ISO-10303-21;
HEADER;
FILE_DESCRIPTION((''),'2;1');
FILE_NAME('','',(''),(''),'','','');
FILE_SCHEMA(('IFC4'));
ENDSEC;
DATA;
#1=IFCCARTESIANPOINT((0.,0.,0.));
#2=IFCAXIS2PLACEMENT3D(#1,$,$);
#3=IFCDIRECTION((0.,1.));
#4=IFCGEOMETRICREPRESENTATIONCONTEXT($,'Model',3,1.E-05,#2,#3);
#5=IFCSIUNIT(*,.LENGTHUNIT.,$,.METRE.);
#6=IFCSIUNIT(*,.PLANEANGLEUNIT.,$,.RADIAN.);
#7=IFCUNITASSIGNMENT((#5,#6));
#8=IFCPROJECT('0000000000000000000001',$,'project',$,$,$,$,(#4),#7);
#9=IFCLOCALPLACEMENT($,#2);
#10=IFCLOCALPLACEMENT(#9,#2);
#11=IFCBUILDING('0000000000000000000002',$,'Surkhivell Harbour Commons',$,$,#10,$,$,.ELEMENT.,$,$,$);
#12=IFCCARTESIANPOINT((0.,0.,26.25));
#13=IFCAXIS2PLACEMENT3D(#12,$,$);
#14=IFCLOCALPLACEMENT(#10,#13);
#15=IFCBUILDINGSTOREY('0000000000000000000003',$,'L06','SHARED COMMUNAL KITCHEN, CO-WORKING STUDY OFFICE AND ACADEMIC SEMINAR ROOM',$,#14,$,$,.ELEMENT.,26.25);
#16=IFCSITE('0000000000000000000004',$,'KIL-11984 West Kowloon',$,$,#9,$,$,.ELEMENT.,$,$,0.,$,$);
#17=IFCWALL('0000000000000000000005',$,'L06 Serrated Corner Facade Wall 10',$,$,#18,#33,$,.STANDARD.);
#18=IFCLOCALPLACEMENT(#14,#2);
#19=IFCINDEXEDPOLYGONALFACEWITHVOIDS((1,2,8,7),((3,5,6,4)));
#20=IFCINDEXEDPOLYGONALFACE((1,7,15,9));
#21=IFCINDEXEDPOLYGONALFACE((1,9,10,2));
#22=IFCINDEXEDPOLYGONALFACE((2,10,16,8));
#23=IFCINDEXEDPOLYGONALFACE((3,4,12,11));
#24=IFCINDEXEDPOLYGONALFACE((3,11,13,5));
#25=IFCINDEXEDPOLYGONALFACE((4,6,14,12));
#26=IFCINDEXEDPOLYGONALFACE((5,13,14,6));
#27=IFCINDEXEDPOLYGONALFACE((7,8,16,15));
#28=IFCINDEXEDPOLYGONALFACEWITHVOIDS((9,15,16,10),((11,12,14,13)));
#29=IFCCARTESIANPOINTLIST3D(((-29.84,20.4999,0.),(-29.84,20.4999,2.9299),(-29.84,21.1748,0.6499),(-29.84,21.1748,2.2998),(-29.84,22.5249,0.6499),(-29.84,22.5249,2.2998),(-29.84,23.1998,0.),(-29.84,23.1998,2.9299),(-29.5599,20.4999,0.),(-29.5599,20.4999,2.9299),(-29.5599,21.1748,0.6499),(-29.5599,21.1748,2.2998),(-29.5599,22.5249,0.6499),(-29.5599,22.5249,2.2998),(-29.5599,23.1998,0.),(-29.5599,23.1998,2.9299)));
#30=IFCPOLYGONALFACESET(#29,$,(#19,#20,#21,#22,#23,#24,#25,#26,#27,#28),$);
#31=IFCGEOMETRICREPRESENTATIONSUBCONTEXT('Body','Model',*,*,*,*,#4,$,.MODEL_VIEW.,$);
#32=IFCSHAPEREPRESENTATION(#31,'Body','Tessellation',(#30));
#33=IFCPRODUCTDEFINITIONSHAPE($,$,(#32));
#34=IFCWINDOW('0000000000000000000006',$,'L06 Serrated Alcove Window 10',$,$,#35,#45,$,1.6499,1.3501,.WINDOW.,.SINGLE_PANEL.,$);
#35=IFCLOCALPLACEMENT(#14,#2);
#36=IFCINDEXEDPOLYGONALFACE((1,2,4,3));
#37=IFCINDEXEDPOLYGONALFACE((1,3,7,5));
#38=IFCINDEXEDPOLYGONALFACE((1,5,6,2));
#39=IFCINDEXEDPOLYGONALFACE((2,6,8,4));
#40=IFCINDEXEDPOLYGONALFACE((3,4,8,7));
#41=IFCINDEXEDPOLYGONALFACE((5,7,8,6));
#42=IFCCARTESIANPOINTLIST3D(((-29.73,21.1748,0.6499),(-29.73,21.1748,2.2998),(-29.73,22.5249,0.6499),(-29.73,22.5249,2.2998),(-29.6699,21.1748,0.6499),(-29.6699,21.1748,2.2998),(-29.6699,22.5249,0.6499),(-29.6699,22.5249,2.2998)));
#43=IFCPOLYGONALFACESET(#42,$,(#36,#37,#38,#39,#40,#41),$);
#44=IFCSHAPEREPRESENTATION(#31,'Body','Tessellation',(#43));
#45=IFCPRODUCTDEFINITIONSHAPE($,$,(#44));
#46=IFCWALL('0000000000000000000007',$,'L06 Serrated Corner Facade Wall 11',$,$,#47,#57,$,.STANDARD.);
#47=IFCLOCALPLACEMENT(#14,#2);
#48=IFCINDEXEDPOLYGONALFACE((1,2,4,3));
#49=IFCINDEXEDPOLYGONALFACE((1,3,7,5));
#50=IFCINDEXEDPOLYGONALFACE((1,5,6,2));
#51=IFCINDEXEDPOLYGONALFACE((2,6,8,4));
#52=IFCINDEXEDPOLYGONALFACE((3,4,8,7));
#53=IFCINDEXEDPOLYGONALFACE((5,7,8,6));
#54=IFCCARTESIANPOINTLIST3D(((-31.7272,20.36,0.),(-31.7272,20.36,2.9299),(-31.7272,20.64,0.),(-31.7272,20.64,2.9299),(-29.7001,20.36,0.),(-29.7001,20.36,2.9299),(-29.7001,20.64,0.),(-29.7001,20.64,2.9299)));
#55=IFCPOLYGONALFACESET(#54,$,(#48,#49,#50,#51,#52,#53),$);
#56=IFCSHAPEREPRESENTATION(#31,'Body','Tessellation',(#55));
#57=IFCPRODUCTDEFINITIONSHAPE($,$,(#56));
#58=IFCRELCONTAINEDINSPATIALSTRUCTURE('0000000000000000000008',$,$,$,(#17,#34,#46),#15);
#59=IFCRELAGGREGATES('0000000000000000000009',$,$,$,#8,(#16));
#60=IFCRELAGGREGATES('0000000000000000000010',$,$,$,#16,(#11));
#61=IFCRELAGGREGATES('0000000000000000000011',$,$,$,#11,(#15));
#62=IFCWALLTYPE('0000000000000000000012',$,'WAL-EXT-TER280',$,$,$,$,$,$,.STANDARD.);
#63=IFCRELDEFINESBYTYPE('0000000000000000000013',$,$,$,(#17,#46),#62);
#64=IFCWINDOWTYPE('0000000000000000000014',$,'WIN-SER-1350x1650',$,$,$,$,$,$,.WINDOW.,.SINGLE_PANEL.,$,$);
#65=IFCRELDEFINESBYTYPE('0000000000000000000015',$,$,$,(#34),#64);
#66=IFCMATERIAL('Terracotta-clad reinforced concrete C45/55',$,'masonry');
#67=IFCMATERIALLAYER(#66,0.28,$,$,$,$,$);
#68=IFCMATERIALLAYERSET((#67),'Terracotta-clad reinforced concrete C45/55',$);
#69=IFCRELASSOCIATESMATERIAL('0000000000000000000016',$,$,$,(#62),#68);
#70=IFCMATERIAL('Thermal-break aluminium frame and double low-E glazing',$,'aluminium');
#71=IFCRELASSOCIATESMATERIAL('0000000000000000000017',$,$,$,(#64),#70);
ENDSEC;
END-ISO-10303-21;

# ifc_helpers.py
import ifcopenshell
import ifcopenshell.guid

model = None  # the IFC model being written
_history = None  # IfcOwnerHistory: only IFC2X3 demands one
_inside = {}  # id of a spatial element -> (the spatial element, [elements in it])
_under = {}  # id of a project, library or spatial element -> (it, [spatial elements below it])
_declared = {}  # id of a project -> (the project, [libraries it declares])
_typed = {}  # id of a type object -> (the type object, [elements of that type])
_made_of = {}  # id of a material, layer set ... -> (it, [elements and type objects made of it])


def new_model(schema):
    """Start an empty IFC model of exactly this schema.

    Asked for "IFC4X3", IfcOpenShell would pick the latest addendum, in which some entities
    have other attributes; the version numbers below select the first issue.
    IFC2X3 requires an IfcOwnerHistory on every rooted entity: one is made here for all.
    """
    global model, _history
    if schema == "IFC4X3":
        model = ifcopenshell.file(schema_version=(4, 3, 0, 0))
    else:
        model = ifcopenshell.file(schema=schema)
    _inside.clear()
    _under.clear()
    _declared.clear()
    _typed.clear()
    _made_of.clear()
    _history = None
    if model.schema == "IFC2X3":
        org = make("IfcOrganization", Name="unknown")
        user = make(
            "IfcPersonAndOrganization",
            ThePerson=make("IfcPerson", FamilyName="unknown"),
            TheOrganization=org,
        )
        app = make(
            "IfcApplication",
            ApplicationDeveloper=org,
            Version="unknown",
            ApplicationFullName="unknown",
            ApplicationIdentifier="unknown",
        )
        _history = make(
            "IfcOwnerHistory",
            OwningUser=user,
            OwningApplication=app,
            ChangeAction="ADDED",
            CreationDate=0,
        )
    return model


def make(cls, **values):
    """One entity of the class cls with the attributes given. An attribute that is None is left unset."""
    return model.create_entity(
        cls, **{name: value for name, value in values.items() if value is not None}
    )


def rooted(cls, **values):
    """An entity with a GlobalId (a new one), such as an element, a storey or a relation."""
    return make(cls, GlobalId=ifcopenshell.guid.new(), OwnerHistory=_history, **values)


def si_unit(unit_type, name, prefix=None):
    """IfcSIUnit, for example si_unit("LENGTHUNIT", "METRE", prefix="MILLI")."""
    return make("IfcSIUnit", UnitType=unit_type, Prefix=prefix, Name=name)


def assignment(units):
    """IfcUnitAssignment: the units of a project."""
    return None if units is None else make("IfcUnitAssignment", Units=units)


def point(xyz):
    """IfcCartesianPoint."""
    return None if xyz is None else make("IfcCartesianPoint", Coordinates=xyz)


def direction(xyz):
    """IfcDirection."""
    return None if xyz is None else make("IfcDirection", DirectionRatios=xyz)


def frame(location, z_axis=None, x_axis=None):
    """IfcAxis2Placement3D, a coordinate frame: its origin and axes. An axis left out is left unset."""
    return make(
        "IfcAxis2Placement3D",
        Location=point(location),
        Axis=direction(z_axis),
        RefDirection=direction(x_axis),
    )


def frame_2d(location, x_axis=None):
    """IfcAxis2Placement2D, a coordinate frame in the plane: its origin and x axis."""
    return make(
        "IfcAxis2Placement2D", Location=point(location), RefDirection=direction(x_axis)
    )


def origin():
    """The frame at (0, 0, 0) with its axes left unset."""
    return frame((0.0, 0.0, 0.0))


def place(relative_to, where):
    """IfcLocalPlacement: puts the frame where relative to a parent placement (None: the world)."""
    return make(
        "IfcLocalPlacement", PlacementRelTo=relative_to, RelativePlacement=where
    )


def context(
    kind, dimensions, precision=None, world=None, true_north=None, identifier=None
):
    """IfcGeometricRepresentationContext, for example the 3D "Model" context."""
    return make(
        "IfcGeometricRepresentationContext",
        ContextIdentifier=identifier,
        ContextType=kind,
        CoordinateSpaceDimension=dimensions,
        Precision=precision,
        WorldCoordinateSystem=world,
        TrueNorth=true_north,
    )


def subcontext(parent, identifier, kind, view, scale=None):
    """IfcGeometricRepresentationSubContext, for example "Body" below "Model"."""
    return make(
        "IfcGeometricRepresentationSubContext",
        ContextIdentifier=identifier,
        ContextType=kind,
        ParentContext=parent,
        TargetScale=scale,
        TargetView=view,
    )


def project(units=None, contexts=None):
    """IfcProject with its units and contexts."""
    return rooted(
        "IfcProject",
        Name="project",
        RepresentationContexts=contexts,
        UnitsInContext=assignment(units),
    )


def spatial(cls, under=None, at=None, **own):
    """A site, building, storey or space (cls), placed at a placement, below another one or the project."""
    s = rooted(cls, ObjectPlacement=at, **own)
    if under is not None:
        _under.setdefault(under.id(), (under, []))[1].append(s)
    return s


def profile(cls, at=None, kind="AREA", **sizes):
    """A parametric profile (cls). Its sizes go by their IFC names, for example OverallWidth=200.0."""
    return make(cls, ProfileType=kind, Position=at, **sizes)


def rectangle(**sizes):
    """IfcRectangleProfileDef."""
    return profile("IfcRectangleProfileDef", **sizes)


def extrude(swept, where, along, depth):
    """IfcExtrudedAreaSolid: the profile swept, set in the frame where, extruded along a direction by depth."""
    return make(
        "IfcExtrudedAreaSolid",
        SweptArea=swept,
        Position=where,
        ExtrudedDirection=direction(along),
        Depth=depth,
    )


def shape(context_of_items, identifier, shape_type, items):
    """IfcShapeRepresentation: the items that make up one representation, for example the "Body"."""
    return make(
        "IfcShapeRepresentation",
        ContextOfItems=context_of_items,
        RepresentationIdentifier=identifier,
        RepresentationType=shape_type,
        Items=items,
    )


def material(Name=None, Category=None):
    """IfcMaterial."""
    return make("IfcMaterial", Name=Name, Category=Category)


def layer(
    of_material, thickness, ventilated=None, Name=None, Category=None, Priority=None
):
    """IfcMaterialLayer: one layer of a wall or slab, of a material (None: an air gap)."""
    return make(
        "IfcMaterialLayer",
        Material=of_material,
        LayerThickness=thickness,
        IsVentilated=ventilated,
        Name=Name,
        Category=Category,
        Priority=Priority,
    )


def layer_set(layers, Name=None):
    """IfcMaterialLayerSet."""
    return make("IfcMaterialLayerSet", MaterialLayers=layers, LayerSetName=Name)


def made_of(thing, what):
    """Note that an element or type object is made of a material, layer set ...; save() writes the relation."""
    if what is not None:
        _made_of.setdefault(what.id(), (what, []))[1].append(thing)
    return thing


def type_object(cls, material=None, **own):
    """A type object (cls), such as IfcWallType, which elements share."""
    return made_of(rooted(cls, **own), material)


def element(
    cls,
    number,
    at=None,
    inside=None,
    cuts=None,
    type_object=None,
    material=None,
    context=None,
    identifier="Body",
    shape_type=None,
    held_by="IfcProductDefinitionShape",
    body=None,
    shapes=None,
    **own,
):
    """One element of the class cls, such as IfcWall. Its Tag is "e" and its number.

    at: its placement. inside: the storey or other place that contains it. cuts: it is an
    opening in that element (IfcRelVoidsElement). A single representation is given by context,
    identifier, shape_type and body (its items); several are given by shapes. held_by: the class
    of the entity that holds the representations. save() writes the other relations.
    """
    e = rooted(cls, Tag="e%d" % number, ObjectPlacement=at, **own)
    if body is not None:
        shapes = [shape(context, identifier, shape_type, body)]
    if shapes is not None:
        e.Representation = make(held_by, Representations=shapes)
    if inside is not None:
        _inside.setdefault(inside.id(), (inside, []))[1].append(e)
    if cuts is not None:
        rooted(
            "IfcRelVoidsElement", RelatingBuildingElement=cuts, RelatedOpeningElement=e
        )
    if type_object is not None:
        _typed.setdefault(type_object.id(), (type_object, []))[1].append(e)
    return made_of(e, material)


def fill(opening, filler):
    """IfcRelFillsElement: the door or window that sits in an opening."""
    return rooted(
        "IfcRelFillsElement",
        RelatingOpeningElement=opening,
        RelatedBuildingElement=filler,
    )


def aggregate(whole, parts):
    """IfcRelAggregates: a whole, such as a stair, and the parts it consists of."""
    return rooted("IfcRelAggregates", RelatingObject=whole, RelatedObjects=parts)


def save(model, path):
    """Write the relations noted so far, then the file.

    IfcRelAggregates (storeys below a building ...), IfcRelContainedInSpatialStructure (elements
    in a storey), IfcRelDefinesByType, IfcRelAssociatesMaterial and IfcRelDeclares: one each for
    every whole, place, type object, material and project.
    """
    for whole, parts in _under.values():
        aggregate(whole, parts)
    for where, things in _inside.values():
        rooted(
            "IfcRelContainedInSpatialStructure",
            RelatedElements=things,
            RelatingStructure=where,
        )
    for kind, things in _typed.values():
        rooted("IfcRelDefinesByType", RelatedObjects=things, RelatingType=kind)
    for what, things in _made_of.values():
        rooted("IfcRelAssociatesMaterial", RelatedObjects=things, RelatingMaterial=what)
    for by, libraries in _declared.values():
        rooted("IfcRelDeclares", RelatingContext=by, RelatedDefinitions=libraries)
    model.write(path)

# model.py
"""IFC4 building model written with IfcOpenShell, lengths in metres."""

from ifc_helpers import new_model, si_unit, direction, frame, frame_2d, origin, place, context, subcontext, project, spatial, rectangle, extrude, material, layer, layer_set, type_object, element, fill, save


model = new_model("IFC4")

# Units and contexts
model_context = context("Model", 3, precision=1e-05, world=origin(), true_north=direction((0.0, 1.0)))
body_context = subcontext(model_context, "Body", "Model", "MODEL_VIEW")
ifc_project = project(units=[si_unit("LENGTHUNIT", "METRE"), si_unit("PLANEANGLEUNIT", "RADIAN")], contexts=[model_context])

# Site, building, storey
site_placement = place(None, origin())
site = spatial("IfcSite", under=ifc_project, at=site_placement, Name="KIL-11984 West Kowloon", CompositionType="ELEMENT", RefElevation=0.0)
building_placement = place(site_placement, origin())
building = spatial("IfcBuilding", under=site, at=building_placement, Name="Surkhivell Harbour Commons", CompositionType="ELEMENT")
storey_placement = place(building_placement, frame((0.0, 0.0, 26.25)))
storey = spatial("IfcBuildingStorey", under=building, at=storey_placement, Name="L06", Description="SHARED COMMUNAL KITCHEN, CO-WORKING STUDY OFFICE AND ACADEMIC SEMINAR ROOM", CompositionType="ELEMENT", Elevation=26.25)

# Shared definitions
ifc_material_1 = material(Name="Terracotta-clad reinforced concrete C45/55", Category="masonry")
ifc_layer_1 = layer(ifc_material_1, 0.28)
ifc_layer_set_1 = layer_set([ifc_layer_1], Name="Terracotta-clad reinforced concrete C45/55")
wall_type = type_object("IfcWallType", Name="WAL-EXT-TER280", PredefinedType="STANDARD", material=ifc_layer_set_1)

# Wall, opening, window
wall_1_placement = place(storey_placement, frame((-29.7, 23.2, 0.0), z_axis=(0.0, 0.0, 1.0), x_axis=(0.0, -1.0, 0.0)))
wall_1 = element("IfcWall", 1, at=wall_1_placement, inside=storey, type_object=wall_type, Name="L06 Serrated Corner Facade Wall 10", PredefinedType="STANDARD", context=body_context, shape_type="SweptSolid", body=[
    extrude(rectangle(XDim=2.7, YDim=0.28, at=frame_2d((1.3501, 0.0))), origin(), (0.0, 0.0, 1.0), 2.9299),
])
opening_placement = place(wall_1_placement, frame((0.675, 0.0, 0.6499)))
opening = element("IfcOpeningElement", 2, at=opening_placement, cuts=wall_1, PredefinedType="OPENING", context=body_context, shape_type="SweptSolid", body=[
    extrude(rectangle(XDim=1.3501, YDim=1.6499, at=frame_2d((0.675, 0.825))), frame((0.0, 0.1499, 0.0), z_axis=(0.0, -1.0, 0.0), x_axis=(1.0, 0.0, 0.0)), (0.0, 0.0, 1.0), 0.3),
])
ifc_material_2 = material(Name="Thermal-break aluminium frame and double low-E glazing", Category="aluminium")
window_type = type_object("IfcWindowType", Name="WIN-SER-1350x1650", PartitioningType="SINGLE_PANEL", PredefinedType="WINDOW", material=ifc_material_2)
window_placement = place(opening_placement, origin())
window = element("IfcWindow", 3, at=window_placement, inside=storey, type_object=window_type, Name="L06 Serrated Alcove Window 10", OverallHeight=1.6499, OverallWidth=1.3501, PartitioningType="SINGLE_PANEL", PredefinedType="WINDOW", context=body_context, shape_type="SweptSolid", body=[
    extrude(rectangle(XDim=1.3501, YDim=1.6499, at=frame_2d((0.675, 0.825))), frame((0.0, 0.03, 0.0), z_axis=(0.0, -1.0, 0.0), x_axis=(1.0, 0.0, 0.0)), (0.0, 0.0, 1.0), 0.0601),
])
fill(opening, window)

# Wall
wall_2_placement = place(storey_placement, frame((-29.7, 20.5, 0.0), z_axis=(0.0, 0.0, 1.0), x_axis=(-1.0, 0.0, 0.0)))
element("IfcWall", 4, at=wall_2_placement, inside=storey, type_object=wall_type, Name="L06 Serrated Corner Facade Wall 11", PredefinedType="STANDARD", context=body_context, shape_type="SweptSolid", body=[
    extrude(rectangle(XDim=2.0271, YDim=0.28, at=frame_2d((1.0137, 0.0))), origin(), (0.0, 0.0, 1.0), 2.9299),
])

save(model, "model.ifc")
